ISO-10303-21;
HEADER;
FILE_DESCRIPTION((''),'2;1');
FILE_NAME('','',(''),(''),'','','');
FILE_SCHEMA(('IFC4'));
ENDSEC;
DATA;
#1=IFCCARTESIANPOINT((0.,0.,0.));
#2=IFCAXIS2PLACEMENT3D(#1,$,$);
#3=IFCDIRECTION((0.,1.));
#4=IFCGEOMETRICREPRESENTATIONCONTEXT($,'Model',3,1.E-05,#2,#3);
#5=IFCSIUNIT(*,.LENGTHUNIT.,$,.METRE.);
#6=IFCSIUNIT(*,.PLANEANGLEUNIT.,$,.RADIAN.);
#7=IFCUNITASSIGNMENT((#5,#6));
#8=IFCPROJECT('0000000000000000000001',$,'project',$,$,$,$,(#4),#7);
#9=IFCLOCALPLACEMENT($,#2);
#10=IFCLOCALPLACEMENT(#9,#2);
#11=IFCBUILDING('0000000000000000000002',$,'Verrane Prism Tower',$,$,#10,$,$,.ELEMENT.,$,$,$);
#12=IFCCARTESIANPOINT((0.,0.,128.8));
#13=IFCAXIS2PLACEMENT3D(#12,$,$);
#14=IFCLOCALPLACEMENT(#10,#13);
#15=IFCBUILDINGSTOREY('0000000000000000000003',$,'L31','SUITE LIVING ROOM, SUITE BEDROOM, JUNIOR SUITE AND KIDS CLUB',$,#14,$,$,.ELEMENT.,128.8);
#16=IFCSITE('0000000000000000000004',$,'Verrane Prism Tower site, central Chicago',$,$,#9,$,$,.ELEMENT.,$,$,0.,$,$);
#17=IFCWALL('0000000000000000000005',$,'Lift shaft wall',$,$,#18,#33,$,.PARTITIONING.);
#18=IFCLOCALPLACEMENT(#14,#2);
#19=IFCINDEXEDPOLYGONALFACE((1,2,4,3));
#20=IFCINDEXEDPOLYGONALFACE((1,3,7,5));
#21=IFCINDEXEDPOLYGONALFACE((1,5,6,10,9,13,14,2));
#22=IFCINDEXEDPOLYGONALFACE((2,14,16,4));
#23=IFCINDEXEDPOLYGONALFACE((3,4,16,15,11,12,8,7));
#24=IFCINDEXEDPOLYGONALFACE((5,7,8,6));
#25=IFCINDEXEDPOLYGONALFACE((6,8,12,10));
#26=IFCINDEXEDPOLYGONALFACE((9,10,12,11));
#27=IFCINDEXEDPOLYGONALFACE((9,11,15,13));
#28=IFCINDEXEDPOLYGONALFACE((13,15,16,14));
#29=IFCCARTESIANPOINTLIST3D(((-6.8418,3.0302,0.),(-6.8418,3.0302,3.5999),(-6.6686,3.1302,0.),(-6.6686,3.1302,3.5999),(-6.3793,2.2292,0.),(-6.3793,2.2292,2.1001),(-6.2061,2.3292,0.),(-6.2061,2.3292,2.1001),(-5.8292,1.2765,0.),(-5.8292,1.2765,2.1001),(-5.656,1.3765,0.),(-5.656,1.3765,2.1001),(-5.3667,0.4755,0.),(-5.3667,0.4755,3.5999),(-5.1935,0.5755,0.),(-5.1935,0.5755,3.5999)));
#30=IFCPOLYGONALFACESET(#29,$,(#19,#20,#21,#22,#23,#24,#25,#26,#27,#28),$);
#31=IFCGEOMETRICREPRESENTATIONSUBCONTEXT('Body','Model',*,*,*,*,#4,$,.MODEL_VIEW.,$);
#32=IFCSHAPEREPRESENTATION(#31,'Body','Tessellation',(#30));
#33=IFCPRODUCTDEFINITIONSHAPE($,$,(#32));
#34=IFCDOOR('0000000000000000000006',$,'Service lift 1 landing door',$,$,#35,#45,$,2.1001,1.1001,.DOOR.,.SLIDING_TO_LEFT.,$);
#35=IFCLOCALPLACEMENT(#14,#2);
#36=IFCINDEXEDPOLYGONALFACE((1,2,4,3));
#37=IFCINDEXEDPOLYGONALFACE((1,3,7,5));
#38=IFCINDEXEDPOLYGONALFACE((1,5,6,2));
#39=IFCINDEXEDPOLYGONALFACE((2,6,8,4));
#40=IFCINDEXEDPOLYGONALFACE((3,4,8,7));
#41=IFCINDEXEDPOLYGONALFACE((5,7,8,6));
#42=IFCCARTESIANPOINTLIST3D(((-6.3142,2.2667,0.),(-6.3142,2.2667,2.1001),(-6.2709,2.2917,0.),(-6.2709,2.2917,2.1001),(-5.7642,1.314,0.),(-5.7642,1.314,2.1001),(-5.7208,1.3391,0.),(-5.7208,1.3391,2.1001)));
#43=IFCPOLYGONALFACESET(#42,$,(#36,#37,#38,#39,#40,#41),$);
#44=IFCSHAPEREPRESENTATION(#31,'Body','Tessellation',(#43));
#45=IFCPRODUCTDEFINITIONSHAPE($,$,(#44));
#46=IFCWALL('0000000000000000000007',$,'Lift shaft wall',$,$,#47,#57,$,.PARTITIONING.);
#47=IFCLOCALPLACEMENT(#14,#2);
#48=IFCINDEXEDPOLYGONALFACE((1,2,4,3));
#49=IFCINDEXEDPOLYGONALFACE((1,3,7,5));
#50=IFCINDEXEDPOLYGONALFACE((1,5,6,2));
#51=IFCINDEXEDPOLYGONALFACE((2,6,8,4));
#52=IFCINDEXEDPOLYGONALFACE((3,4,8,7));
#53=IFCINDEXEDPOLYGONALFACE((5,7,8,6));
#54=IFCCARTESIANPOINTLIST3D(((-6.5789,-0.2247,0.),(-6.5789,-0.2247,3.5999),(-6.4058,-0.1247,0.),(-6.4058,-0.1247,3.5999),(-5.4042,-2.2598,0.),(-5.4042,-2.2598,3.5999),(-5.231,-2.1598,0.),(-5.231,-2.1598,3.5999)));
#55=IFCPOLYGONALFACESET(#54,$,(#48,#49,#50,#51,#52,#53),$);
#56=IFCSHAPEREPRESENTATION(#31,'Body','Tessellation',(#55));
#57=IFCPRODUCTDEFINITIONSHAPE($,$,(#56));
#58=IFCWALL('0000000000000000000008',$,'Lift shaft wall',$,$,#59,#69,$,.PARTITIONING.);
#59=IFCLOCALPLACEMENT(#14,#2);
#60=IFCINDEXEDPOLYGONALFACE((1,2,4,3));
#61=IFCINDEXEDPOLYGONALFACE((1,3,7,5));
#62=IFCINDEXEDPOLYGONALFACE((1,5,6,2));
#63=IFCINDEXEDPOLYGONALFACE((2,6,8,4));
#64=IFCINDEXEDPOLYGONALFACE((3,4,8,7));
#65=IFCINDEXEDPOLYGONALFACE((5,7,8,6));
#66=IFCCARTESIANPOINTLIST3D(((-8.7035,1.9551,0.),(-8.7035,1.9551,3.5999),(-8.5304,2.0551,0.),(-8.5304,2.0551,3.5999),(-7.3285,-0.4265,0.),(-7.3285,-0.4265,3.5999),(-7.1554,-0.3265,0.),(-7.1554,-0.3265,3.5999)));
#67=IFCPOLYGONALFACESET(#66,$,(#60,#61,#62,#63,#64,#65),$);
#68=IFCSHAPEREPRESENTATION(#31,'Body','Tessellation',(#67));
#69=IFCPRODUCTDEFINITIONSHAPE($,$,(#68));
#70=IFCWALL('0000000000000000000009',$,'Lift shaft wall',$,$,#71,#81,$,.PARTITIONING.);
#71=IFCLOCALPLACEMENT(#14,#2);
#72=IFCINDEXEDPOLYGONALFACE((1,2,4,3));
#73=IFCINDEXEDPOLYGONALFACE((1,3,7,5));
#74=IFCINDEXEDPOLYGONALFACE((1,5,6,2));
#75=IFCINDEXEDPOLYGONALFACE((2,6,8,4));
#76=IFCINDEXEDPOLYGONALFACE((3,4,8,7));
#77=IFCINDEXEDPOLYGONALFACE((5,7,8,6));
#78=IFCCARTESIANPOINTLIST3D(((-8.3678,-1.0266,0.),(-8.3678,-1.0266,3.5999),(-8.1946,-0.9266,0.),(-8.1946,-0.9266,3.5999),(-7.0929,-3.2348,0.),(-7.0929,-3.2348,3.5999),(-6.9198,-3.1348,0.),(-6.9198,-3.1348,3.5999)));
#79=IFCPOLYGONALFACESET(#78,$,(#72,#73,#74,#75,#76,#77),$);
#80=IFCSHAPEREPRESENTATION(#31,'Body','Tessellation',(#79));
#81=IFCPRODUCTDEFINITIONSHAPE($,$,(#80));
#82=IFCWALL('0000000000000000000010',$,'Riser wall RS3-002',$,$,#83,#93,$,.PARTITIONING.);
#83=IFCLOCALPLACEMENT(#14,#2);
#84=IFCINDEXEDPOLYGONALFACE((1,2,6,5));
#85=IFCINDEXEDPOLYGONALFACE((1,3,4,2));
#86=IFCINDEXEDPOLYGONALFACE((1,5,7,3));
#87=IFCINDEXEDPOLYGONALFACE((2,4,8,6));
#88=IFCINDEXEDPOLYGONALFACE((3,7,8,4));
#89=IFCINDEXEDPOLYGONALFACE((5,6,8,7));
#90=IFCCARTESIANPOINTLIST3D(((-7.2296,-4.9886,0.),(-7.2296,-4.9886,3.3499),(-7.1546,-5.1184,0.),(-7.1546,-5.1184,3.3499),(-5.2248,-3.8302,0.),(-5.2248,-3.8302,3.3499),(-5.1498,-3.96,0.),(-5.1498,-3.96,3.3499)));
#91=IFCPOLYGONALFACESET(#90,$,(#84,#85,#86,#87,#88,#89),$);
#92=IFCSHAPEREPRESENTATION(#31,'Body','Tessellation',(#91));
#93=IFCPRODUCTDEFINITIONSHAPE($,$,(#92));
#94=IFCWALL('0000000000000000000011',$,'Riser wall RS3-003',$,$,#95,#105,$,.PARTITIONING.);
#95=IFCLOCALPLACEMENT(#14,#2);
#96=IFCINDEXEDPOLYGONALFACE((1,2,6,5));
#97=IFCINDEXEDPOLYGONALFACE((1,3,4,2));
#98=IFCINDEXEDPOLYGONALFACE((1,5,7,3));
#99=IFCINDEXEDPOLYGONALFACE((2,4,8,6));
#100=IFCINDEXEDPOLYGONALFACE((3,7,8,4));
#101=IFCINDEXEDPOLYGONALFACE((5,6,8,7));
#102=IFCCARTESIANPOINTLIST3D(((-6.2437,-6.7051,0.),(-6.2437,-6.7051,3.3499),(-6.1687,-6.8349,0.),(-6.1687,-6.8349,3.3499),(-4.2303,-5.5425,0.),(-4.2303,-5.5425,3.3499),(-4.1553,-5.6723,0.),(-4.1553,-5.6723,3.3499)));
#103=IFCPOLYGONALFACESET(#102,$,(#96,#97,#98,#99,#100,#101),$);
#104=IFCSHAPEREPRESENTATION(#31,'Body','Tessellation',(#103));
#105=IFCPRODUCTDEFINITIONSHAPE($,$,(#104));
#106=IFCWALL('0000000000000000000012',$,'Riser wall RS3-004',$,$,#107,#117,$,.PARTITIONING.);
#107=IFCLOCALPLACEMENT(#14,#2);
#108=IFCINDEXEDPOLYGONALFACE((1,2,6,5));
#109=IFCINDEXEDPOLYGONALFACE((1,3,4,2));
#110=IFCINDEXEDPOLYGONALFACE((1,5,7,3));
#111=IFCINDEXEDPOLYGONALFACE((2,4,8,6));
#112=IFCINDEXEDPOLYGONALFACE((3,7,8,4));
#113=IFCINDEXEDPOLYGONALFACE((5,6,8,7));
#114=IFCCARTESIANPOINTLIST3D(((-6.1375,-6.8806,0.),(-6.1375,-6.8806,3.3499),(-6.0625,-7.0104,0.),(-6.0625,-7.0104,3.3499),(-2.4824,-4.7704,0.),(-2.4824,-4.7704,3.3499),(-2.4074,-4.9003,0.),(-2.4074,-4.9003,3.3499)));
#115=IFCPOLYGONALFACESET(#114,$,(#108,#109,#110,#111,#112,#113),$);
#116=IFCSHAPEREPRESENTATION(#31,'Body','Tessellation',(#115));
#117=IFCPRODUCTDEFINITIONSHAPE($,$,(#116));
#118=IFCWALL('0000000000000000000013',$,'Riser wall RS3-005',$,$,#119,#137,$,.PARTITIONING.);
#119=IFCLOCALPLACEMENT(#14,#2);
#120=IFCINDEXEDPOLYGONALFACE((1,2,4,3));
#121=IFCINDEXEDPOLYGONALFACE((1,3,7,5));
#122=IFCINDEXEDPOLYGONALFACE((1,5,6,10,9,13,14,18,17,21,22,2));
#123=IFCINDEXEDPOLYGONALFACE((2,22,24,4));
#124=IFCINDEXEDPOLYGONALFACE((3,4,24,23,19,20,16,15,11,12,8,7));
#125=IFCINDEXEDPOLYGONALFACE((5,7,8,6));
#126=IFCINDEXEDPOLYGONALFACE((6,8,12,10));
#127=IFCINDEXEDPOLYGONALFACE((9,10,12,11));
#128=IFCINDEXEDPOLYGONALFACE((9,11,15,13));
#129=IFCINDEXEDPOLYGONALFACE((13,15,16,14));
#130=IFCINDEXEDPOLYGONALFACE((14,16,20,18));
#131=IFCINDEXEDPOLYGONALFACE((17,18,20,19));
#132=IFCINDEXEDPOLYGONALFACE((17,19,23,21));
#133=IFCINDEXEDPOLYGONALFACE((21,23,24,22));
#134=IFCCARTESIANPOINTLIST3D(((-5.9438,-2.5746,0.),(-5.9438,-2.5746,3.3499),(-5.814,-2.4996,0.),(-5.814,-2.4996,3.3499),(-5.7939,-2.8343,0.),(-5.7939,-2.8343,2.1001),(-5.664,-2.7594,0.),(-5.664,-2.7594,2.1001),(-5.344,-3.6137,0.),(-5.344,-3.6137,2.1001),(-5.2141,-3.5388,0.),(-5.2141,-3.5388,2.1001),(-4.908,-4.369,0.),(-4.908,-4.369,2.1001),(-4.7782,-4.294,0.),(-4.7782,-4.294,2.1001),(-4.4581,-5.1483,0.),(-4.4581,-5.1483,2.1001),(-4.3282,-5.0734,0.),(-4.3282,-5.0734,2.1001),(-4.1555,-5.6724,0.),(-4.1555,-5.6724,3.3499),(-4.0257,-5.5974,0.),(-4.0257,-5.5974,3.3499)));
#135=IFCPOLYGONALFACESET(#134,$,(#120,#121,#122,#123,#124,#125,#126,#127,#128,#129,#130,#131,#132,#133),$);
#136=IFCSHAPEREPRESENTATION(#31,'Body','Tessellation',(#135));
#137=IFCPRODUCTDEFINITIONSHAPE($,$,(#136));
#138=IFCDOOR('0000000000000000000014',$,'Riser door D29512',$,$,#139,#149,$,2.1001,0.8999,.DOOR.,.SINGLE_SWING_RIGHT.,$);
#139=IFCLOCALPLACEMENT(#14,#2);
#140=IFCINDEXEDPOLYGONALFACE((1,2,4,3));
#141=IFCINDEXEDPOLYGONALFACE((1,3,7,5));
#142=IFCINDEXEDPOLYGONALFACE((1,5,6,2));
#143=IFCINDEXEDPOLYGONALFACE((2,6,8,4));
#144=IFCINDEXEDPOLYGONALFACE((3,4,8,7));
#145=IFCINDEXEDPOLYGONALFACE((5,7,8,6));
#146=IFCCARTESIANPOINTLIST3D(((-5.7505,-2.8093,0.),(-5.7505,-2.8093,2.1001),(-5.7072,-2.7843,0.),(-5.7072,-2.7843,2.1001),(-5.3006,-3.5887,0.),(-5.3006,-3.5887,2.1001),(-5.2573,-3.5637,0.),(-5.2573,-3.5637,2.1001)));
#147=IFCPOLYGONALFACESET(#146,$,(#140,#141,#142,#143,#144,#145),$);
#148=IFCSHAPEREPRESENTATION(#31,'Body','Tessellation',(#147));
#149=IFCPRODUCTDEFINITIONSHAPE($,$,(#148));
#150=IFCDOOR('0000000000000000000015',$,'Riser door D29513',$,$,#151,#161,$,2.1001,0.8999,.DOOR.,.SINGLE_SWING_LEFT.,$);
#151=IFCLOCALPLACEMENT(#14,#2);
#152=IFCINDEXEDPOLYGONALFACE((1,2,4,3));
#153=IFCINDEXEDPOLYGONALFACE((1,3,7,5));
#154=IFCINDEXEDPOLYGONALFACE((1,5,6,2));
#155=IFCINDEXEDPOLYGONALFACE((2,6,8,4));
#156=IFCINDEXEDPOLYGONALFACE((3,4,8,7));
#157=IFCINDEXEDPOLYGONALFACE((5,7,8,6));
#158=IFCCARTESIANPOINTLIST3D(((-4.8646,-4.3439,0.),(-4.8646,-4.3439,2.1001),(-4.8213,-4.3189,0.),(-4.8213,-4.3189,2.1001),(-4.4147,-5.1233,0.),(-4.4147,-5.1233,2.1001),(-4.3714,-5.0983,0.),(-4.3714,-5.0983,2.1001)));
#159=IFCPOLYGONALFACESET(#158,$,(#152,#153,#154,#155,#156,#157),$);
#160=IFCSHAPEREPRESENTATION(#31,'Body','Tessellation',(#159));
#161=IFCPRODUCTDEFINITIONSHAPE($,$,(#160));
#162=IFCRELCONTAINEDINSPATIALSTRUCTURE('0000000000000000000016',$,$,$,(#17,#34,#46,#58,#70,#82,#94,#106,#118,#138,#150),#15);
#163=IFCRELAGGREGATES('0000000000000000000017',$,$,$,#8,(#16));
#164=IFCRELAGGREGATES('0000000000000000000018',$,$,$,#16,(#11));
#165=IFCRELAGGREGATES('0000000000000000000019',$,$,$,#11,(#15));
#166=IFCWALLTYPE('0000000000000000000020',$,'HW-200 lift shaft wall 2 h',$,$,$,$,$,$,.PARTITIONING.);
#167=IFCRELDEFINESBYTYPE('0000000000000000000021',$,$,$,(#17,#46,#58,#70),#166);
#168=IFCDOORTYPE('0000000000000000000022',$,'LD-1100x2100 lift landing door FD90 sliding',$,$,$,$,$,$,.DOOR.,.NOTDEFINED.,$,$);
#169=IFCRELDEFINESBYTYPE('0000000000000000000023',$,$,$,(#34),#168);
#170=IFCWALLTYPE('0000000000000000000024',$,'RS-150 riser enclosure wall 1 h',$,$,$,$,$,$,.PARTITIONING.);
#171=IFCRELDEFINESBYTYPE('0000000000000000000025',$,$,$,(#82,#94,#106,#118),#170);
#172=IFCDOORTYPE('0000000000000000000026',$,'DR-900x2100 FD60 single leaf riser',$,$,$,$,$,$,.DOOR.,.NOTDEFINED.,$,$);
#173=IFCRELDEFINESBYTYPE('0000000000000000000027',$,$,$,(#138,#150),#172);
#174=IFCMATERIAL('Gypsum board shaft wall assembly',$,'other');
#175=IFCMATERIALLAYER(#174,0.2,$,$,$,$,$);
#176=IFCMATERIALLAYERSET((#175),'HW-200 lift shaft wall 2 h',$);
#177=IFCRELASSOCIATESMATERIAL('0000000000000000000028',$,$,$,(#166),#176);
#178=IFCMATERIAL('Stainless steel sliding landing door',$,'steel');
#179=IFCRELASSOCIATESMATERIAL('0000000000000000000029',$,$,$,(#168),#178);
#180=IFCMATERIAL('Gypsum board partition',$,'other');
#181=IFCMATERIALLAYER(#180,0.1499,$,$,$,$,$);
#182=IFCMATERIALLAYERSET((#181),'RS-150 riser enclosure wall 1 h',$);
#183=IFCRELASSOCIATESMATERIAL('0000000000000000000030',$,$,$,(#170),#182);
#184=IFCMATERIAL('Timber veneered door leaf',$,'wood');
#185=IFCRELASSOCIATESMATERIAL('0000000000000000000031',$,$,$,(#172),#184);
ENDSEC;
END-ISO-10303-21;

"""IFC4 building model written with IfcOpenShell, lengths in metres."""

from ifc_helpers import new_model, si_unit, direction, frame, frame_2d, origin, place, context, subcontext, project, spatial, rectangle, extrude, material, layer, layer_set, type_object, element, fill, save


model = new_model("IFC4")

# Units and contexts
model_context = context("Model", 3, precision=1e-05, world=origin(), true_north=direction((0.0, 1.0)))
body_context = subcontext(model_context, "Body", "Model", "MODEL_VIEW")
ifc_project = project(units=[si_unit("LENGTHUNIT", "METRE"), si_unit("PLANEANGLEUNIT", "RADIAN")], contexts=[model_context])

# Site, building, storey
site_placement = place(None, origin())
site = spatial("IfcSite", under=ifc_project, at=site_placement, Name="Verrane Prism Tower site, central Chicago", CompositionType="ELEMENT", RefElevation=0.0)
building_placement = place(site_placement, origin())
building = spatial("IfcBuilding", under=site, at=building_placement, Name="Verrane Prism Tower", CompositionType="ELEMENT")
storey_placement = place(building_placement, frame((0.0, 0.0, 128.8)))
storey = spatial("IfcBuildingStorey", under=building, at=storey_placement, Name="L31", Description="SUITE LIVING ROOM, SUITE BEDROOM, JUNIOR SUITE AND KIDS CLUB", CompositionType="ELEMENT", Elevation=128.8)

# Shared definitions
ifc_material_1 = material(Name="Gypsum board shaft wall assembly", Category="other")
ifc_layer_1 = layer(ifc_material_1, 0.2)
ifc_layer_set_1 = layer_set([ifc_layer_1], Name="HW-200 lift shaft wall 2 h")
wall_type_1 = type_object("IfcWallType", Name="HW-200 lift shaft wall 2 h", PredefinedType="PARTITIONING", material=ifc_layer_set_1)
ifc_material_2 = material(Name="Stainless steel sliding landing door", Category="steel")
door_type_1 = type_object("IfcDoorType", Name="LD-1100x2100 lift landing door FD90 sliding", OperationType="NOTDEFINED", PredefinedType="DOOR", material=ifc_material_2)

# Wall, opening, door
wall_1_placement = place(storey_placement, frame((-5.28, 0.5254, 0.0), z_axis=(0.0, 0.0, 1.0), x_axis=(-0.500038, 0.866004, 0.0)))
wall_1 = element("IfcWall", 1, at=wall_1_placement, inside=storey, type_object=wall_type_1, Name="Lift shaft wall", PredefinedType="PARTITIONING", context=body_context, shape_type="SweptSolid", body=[
    extrude(rectangle(XDim=2.95, YDim=0.2, at=frame_2d((1.4751, 0.0))), origin(), (0.0, 0.0, 1.0), 3.5999),
])
opening_1_placement = place(wall_1_placement, frame((0.925, 0.0, 0.0)))
opening_1 = element("IfcOpeningElement", 2, at=opening_1_placement, cuts=wall_1, PredefinedType="OPENING", context=body_context, shape_type="SweptSolid", body=[
    extrude(rectangle(XDim=1.1001, YDim=2.1001, at=frame_2d((0.55, 1.05))), frame((0.0, 0.1099, 0.0), z_axis=(0.0, -1.0, 0.0), x_axis=(1.0, 0.0, 0.0)), (0.0, 0.0, 1.0), 0.22),
])
door_1_placement = place(opening_1_placement, origin())
door_1 = element("IfcDoor", 3, at=door_1_placement, inside=storey, type_object=door_type_1, Name="Service lift 1 landing door", OperationType="SLIDING_TO_LEFT", OverallHeight=2.1001, OverallWidth=1.1001, PredefinedType="DOOR", context=body_context, shape_type="SweptSolid", body=[
    extrude(rectangle(XDim=1.1001, YDim=2.1001, at=frame_2d((0.55, 1.05))), frame((0.0, 0.0249, 0.0), z_axis=(0.0, -1.0, 0.0), x_axis=(1.0, 0.0, 0.0)), (0.0, 0.0, 1.0), 0.05),
])
fill(opening_1, door_1)

# Walls
wall_2_placement = place(storey_placement, frame((-5.3176, -2.2097, 0.0), z_axis=(0.0, 0.0, 1.0), x_axis=(-0.499938, 0.866061, 0.0)))
element("IfcWall", 4, at=wall_2_placement, inside=storey, type_object=wall_type_1, Name="Lift shaft wall", PredefinedType="PARTITIONING", context=body_context, shape_type="SweptSolid", body=[
    extrude(rectangle(XDim=2.3499, YDim=0.2, at=frame_2d((1.1748, 0.0))), origin(), (0.0, 0.0, 1.0), 3.5999),
])
wall_3_placement = place(storey_placement, frame((-7.2419, -0.3765, 0.0), z_axis=(0.0, 0.0, 1.0), x_axis=(-0.499997, 0.866027, 0.0)))
element("IfcWall", 5, at=wall_3_placement, inside=storey, type_object=wall_type_1, Name="Lift shaft wall", PredefinedType="PARTITIONING", context=body_context, shape_type="SweptSolid", body=[
    extrude(rectangle(XDim=2.75, YDim=0.2, at=frame_2d((1.375, 0.0))), origin(), (0.0, 0.0, 1.0), 3.5999),
])
wall_4_placement = place(storey_placement, frame((-7.0063, -3.1848, 0.0), z_axis=(0.0, 0.0, 1.0), x_axis=(-0.49999, 0.866031, 0.0)))
element("IfcWall", 6, at=wall_4_placement, inside=storey, type_object=wall_type_1, Name="Lift shaft wall", PredefinedType="PARTITIONING", context=body_context, shape_type="SweptSolid", body=[
    extrude(rectangle(XDim=2.5498, YDim=0.2, at=frame_2d((1.2749, 0.0))), origin(), (0.0, 0.0, 1.0), 3.5999),
])
ifc_material_3 = material(Name="Gypsum board partition", Category="other")
ifc_layer_2 = layer(ifc_material_3, 0.1499)
ifc_layer_set_2 = layer_set([ifc_layer_2], Name="RS-150 riser enclosure wall 1 h")
wall_type_2 = type_object("IfcWallType", Name="RS-150 riser enclosure wall 1 h", PredefinedType="PARTITIONING", material=ifc_layer_set_2)
wall_5_placement = place(storey_placement, frame((-7.1921, -5.0535, 0.0), z_axis=(0.0, 0.0, 1.0), x_axis=(0.865852, 0.5003, 0.0)))
element("IfcWall", 7, at=wall_5_placement, inside=storey, type_object=wall_type_2, Name="Riser wall RS3-002", PredefinedType="PARTITIONING", context=body_context, shape_type="SweptSolid", body=[
    extrude(rectangle(XDim=2.3154, YDim=0.1499, at=frame_2d((1.1577, 0.0))), origin(), (0.0, 0.0, 1.0), 3.3499),
])
wall_6_placement = place(storey_placement, frame((-6.2063, -6.77, 0.0), z_axis=(0.0, 0.0, 1.0), x_axis=(0.865998, 0.500047, 0.0)))
element("IfcWall", 8, at=wall_6_placement, inside=storey, type_object=wall_type_2, Name="Riser wall RS3-003", PredefinedType="PARTITIONING", context=body_context, shape_type="SweptSolid", body=[
    extrude(rectangle(XDim=2.325, YDim=0.1499, at=frame_2d((1.1626, 0.0))), origin(), (0.0, 0.0, 1.0), 3.3499),
])
wall_7_placement = place(storey_placement, frame((-6.1001, -6.9456, 0.0), z_axis=(0.0, 0.0, 1.0), x_axis=(0.866038, 0.499978, 0.0)))
element("IfcWall", 9, at=wall_7_placement, inside=storey, type_object=wall_type_2, Name="Riser wall RS3-004", PredefinedType="PARTITIONING", context=body_context, shape_type="SweptSolid", body=[
    extrude(rectangle(XDim=4.2205, YDim=0.1499, at=frame_2d((2.1104, 0.0))), origin(), (0.0, 0.0, 1.0), 3.3499),
])

# Wall, openings, doors
wall_8_placement = place(storey_placement, frame((-4.0906, -5.635, 0.0), z_axis=(0.0, 0.0, 1.0), x_axis=(-0.499949, 0.866055, 0.0)))
wall_8 = element("IfcWall", 10, at=wall_8_placement, inside=storey, type_object=wall_type_2, Name="Riser wall RS3-005", PredefinedType="PARTITIONING", context=body_context, shape_type="SweptSolid", body=[
    extrude(rectangle(XDim=3.5769, YDim=0.1499, at=frame_2d((1.7886, 0.0))), origin(), (0.0, 0.0, 1.0), 3.3499),
])
opening_2_placement = place(wall_8_placement, frame((2.3772, 0.0, 0.0)))
opening_2 = element("IfcOpeningElement", 11, at=opening_2_placement, cuts=wall_8, PredefinedType="OPENING", context=body_context, shape_type="SweptSolid", body=[
    extrude(rectangle(XDim=0.8999, YDim=2.1001, at=frame_2d((0.45, 1.05))), frame((0.0, 0.085, 0.0), z_axis=(0.0, -1.0, 0.0), x_axis=(1.0, 0.0, 0.0)), (0.0, 0.0, 1.0), 0.1699),
])
opening_3_placement = place(wall_8_placement, frame((0.6052, 0.0, 0.0)))
opening_3 = element("IfcOpeningElement", 12, at=opening_3_placement, cuts=wall_8, PredefinedType="OPENING", context=body_context, shape_type="SweptSolid", body=[
    extrude(rectangle(XDim=0.8999, YDim=2.1001, at=frame_2d((0.45, 1.05))), frame((0.0, 0.085, 0.0), z_axis=(0.0, -1.0, 0.0), x_axis=(1.0, 0.0, 0.0)), (0.0, 0.0, 1.0), 0.1699),
])
ifc_material_4 = material(Name="Timber veneered door leaf", Category="wood")
door_type_2 = type_object("IfcDoorType", Name="DR-900x2100 FD60 single leaf riser", OperationType="NOTDEFINED", PredefinedType="DOOR", material=ifc_material_4)
door_2_placement = place(opening_2_placement, origin())
door_2 = element("IfcDoor", 13, at=door_2_placement, inside=storey, type_object=door_type_2, Name="Riser door D29512", OperationType="SINGLE_SWING_RIGHT", OverallHeight=2.1001, OverallWidth=0.8999, PredefinedType="DOOR", context=body_context, shape_type="SweptSolid", body=[
    extrude(rectangle(XDim=0.8999, YDim=2.1001, at=frame_2d((0.45, 1.05))), frame((0.0, 0.0249, 0.0), z_axis=(0.0, -1.0, 0.0), x_axis=(1.0, 0.0, 0.0)), (0.0, 0.0, 1.0), 0.05),
])
fill(opening_2, door_2)
door_3_placement = place(opening_3_placement, origin())
door_3 = element("IfcDoor", 14, at=door_3_placement, inside=storey, type_object=door_type_2, Name="Riser door D29513", OperationType="SINGLE_SWING_LEFT", OverallHeight=2.1001, OverallWidth=0.8999, PredefinedType="DOOR", context=body_context, shape_type="SweptSolid", body=[
    extrude(rectangle(XDim=0.8999, YDim=2.1001, at=frame_2d((0.45, 1.05))), frame((0.0, 0.0249, 0.0), z_axis=(0.0, -1.0, 0.0), x_axis=(1.0, 0.0, 0.0)), (0.0, 0.0, 1.0), 0.05),
])
fill(opening_3, door_3)

save(model, "model.ifc")
